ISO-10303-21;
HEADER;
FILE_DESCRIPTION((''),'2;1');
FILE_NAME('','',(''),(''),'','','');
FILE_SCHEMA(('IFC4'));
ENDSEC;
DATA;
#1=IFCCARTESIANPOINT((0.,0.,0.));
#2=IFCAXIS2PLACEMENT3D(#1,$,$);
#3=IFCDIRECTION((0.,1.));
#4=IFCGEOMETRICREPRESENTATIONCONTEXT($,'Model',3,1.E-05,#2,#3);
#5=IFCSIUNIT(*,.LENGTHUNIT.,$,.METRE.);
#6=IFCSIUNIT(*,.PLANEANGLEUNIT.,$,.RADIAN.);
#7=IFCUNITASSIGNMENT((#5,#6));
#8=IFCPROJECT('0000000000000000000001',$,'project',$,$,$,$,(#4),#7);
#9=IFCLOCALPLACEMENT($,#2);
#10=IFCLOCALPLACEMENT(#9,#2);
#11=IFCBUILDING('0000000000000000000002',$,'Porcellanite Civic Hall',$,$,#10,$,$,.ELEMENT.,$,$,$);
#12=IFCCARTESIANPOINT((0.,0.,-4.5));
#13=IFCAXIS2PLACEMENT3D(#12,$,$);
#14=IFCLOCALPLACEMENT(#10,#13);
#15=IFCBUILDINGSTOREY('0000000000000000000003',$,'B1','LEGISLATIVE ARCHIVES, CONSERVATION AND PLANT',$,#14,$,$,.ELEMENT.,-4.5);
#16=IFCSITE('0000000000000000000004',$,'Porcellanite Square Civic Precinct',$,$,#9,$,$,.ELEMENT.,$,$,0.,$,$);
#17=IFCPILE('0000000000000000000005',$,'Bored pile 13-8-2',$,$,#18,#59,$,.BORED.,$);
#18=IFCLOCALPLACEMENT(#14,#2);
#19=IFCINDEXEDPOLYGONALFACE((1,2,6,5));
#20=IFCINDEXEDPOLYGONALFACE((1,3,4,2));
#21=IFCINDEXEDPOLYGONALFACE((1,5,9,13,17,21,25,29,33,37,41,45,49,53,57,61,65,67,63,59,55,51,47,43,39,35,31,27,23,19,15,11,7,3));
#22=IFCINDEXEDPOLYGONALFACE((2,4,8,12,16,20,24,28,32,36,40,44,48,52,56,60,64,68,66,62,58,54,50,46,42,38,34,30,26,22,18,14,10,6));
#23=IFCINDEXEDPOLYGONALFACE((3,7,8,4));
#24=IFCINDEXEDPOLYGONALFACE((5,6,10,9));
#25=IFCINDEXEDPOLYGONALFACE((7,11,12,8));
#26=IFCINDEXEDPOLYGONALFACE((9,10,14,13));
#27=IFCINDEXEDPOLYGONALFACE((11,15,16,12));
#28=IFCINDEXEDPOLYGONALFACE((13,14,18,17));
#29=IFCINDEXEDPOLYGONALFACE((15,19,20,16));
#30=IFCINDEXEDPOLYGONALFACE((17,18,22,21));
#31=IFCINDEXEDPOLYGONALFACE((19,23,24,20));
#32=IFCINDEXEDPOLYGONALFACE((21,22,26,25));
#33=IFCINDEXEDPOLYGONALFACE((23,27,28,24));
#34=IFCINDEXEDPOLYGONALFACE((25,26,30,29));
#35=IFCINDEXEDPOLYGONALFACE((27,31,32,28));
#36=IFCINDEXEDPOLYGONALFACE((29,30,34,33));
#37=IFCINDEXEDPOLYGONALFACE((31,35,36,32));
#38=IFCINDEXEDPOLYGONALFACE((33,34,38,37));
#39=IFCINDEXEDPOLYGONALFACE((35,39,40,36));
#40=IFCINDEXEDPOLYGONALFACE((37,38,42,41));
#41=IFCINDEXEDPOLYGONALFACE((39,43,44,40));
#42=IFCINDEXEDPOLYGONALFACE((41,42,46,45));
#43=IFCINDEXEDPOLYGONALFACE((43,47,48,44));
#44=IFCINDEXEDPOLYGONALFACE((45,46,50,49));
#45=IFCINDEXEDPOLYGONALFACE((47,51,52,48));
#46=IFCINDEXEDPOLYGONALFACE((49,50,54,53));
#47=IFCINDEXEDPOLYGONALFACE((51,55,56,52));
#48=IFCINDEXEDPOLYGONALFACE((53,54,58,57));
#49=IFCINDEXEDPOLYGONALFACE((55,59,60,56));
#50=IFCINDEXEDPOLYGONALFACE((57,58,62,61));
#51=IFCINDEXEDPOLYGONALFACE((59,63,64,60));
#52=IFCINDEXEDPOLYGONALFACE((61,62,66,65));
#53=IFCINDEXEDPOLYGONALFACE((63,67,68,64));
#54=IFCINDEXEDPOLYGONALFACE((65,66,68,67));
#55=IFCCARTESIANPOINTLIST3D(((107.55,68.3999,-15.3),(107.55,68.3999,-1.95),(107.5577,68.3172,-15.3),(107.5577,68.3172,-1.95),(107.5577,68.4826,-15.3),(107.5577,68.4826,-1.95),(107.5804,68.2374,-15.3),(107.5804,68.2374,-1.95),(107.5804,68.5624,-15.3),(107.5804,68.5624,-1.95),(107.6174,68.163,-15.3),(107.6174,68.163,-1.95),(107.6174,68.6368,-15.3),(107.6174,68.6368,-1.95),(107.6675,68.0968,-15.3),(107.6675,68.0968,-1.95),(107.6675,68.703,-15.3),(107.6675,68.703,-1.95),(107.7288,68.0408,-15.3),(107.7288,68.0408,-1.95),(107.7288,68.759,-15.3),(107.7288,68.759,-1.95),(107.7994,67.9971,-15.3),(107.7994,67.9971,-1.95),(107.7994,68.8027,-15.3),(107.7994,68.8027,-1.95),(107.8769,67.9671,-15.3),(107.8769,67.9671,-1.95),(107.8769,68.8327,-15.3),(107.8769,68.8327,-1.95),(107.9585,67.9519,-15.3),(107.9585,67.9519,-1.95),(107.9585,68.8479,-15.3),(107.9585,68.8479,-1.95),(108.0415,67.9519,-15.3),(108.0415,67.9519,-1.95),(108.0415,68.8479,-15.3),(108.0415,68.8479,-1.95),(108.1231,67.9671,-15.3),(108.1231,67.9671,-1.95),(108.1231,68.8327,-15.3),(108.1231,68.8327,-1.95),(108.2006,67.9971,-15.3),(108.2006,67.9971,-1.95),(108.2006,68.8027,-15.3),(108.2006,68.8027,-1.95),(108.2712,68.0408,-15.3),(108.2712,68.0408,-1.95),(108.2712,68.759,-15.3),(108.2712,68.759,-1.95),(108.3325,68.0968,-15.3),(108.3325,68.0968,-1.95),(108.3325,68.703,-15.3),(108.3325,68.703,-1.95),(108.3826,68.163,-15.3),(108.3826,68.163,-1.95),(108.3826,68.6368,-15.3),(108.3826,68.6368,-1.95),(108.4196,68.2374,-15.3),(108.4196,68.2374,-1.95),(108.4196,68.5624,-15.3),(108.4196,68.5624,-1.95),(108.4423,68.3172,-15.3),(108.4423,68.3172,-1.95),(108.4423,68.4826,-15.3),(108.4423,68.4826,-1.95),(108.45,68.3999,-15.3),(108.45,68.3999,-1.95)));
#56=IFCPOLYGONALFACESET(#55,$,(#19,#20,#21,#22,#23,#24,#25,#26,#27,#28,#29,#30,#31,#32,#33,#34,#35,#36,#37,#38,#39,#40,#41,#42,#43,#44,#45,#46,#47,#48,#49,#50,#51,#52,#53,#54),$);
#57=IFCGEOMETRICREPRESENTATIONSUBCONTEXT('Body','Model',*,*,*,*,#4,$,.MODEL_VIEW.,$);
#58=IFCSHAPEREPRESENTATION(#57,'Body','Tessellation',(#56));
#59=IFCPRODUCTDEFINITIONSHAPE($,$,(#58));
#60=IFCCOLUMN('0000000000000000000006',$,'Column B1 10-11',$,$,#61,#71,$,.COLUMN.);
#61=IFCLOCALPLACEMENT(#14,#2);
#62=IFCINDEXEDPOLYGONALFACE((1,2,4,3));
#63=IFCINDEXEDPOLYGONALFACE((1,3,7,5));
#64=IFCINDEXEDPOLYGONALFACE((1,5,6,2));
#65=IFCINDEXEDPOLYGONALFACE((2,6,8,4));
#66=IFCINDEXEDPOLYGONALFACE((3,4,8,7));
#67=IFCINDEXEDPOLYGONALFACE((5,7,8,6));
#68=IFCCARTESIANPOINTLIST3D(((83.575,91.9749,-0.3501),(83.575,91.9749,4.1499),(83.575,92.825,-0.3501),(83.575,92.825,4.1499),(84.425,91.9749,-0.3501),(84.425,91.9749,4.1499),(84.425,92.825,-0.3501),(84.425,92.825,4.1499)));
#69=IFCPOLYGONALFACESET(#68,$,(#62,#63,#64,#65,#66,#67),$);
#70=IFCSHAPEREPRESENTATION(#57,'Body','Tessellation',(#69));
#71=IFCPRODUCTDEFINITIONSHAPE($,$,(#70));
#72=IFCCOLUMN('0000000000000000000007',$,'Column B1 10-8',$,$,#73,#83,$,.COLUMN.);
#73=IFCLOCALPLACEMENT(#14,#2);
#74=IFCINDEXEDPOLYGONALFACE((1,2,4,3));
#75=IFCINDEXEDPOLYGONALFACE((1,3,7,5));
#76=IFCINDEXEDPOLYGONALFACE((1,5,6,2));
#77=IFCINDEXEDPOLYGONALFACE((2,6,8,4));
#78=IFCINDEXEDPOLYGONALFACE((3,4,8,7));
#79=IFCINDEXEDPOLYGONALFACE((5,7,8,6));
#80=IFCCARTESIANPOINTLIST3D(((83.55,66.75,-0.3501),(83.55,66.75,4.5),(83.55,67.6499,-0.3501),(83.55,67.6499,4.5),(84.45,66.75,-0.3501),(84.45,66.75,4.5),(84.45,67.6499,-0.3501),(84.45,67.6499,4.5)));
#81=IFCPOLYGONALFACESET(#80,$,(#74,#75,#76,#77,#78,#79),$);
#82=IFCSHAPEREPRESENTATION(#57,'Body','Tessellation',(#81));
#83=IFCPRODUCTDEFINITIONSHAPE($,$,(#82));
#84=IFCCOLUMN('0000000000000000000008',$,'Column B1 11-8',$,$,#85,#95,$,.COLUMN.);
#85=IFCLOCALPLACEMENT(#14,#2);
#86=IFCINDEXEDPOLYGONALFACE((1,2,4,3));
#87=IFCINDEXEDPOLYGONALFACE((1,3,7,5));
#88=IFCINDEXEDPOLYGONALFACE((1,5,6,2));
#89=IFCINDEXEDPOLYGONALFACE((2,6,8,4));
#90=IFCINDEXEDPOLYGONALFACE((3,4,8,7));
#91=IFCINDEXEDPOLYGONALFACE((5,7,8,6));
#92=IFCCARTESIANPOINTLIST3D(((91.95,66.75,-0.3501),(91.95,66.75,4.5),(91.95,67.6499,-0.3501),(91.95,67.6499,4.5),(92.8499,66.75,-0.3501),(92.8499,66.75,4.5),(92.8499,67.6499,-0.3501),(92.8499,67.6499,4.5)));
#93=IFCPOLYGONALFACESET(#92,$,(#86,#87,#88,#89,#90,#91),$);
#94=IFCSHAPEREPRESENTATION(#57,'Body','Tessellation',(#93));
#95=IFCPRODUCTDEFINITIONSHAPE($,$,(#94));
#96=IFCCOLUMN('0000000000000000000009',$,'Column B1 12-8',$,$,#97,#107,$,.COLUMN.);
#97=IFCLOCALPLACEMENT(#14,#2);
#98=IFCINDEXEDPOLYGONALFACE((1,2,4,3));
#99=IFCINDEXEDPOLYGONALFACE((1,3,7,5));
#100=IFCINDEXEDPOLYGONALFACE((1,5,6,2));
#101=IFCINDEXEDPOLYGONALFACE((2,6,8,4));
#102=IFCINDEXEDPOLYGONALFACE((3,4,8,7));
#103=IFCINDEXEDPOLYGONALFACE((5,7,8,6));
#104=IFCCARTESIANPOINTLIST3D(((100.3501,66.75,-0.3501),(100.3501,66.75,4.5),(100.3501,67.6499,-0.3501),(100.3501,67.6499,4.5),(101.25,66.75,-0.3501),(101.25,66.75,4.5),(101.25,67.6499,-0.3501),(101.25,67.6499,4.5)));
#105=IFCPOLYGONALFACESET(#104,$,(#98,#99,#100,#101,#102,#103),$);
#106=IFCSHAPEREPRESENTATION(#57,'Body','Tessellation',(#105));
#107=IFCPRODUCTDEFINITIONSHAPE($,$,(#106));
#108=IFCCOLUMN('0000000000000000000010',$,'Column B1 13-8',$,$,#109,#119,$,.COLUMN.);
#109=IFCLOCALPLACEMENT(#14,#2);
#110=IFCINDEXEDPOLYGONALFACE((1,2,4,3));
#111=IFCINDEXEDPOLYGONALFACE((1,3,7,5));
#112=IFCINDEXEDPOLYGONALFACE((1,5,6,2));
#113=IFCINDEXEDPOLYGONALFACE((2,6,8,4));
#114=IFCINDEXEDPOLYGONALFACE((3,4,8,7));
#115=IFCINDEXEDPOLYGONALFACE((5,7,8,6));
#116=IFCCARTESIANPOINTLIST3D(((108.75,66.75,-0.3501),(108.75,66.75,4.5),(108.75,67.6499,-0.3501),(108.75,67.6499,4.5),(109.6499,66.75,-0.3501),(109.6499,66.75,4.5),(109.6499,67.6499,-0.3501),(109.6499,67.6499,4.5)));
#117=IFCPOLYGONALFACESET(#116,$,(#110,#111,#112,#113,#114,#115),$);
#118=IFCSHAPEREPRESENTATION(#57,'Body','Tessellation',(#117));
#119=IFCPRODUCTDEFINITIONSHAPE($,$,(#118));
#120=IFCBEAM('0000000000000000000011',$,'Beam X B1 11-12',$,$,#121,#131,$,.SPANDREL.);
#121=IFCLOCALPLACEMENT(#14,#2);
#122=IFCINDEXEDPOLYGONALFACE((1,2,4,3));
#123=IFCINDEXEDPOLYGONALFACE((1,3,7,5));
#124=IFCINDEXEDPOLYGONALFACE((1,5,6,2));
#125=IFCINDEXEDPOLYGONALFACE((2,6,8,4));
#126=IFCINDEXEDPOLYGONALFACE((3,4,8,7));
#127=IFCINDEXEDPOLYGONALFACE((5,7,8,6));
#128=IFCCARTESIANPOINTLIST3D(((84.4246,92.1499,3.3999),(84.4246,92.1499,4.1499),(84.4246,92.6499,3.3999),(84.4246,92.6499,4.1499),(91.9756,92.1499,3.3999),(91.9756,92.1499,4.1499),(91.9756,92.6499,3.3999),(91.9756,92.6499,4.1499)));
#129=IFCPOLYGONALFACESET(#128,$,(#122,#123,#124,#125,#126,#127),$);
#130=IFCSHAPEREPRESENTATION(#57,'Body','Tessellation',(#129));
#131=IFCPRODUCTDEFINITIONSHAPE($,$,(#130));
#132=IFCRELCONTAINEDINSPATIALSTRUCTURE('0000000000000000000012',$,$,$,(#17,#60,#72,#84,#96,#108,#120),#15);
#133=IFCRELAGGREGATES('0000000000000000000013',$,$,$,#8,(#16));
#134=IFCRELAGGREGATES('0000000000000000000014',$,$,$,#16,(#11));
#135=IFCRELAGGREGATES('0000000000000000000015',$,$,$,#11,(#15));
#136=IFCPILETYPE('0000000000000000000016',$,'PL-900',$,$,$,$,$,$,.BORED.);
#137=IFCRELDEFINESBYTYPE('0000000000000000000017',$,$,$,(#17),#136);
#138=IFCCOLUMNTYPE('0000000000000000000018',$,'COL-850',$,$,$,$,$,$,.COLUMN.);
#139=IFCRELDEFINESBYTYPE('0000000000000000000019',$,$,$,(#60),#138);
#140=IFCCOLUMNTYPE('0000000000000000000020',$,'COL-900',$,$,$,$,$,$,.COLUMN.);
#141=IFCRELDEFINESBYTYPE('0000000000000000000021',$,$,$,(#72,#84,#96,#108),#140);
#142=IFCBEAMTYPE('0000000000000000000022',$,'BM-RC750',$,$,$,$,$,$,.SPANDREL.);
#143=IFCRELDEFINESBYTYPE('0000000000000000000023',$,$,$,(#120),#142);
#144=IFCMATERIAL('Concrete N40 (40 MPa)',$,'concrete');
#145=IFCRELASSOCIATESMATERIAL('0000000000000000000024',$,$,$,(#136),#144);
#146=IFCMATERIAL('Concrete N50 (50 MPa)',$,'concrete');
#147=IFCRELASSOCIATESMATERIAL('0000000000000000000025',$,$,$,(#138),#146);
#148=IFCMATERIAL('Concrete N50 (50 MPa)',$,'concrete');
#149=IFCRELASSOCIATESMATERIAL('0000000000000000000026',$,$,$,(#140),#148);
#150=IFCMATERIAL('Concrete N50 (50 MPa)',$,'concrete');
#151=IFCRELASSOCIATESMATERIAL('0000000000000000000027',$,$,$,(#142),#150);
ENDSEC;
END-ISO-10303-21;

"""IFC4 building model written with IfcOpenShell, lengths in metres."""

from ifc_helpers import new_model, si_unit, direction, frame, origin, origin_2d, place, context, subcontext, project, spatial, rectangle, circle, extrude, material, material_profile, profile_set, type_object, element, save


model = new_model("IFC4")

# Units and contexts
model_context = context("Model", 3, precision=1e-05, world=origin(), true_north=direction((0.0, 1.0)))
body_context = subcontext(model_context, "Body", "Model", "MODEL_VIEW")
ifc_project = project(units=[si_unit("LENGTHUNIT", "METRE"), si_unit("PLANEANGLEUNIT", "RADIAN")], contexts=[model_context])

# Site, building, storey
site_placement = place(None, origin())
site = spatial("IfcSite", under=ifc_project, at=site_placement, Name="Porcellanite Square Civic Precinct", CompositionType="ELEMENT", RefElevation=0.0)
building_placement = place(site_placement, origin())
building = spatial("IfcBuilding", under=site, at=building_placement, Name="Porcellanite Civic Hall", CompositionType="ELEMENT")
storey_placement = place(building_placement, frame((0.0, 0.0, -4.5)))
storey = spatial("IfcBuildingStorey", under=building, at=storey_placement, Name="B1", Description="LEGISLATIVE ARCHIVES, CONSERVATION AND PLANT", CompositionType="ELEMENT", Elevation=-4.5)

# Pile
ifc_material_1 = material(Name="Concrete N40 (40 MPa)", Category="concrete")
ifc_material_profile_1 = material_profile(ifc_material_1, circle(Radius=0.45, at=origin_2d()), Name="PILE-D900")
ifc_profile_set_1 = profile_set([ifc_material_profile_1], Name="Concrete N40 (40 MPa)")
pile_type_1 = type_object("IfcPileType", Name="PL-900", PredefinedType="BORED", material=ifc_profile_set_1)
for number, where, z_axis, x_axis, name in (
    (1, (108.0, 68.3999, -1.95), (0.0, 0.0, -1.0), (1.0, 0.0, 0.0), "Bored pile 13-8-2"),
):
    element("IfcPile", number, at=place(storey_placement, frame(where, z_axis=z_axis, x_axis=x_axis)), inside=storey, type_object=pile_type_1, Name=name, PredefinedType="BORED", context=body_context, shape_type="SweptSolid", body=[
        extrude(circle(Radius=0.45, at=origin_2d()), origin(), (0.0, 0.0, 1.0), 13.3501),
    ])

# Columns
ifc_material_2 = material(Name="Concrete N50 (50 MPa)", Category="concrete")
ifc_material_profile_2 = material_profile(ifc_material_2, rectangle(XDim=0.8501, YDim=0.8501, at=origin_2d()), Name="RC-850x850")
ifc_profile_set_2 = profile_set([ifc_material_profile_2], Name="Concrete N50 (50 MPa)")
column_type_1 = type_object("IfcColumnType", Name="COL-850", PredefinedType="COLUMN", material=ifc_profile_set_2)
column_placement = place(storey_placement, frame((84.0, 92.3999, -0.3501), z_axis=(0.0, 0.0, 1.0), x_axis=(1.0, 0.0, 0.0)))
element("IfcColumn", 2, at=column_placement, inside=storey, type_object=column_type_1, Name="Column B1 10-11", PredefinedType="COLUMN", context=body_context, shape_type="SweptSolid", body=[
    extrude(rectangle(XDim=0.8501, YDim=0.8501, at=origin_2d()), origin(), (0.0, 0.0, 1.0), 4.5),
])
ifc_material_3 = material(Name="Concrete N50 (50 MPa)", Category="concrete")
ifc_material_profile_3 = material_profile(ifc_material_3, rectangle(XDim=0.8999, YDim=0.8999, at=origin_2d()), Name="RC-900x900")
ifc_profile_set_3 = profile_set([ifc_material_profile_3], Name="Concrete N50 (50 MPa)")
column_type_2 = type_object("IfcColumnType", Name="COL-900", PredefinedType="COLUMN", material=ifc_profile_set_3)
for number, where, z_axis, x_axis, name in (
    (3, (84.0, 67.2, -0.3501), (0.0, 0.0, 1.0), (1.0, 0.0, 0.0), "Column B1 10-8"),
    (4, (92.3999, 67.2, -0.3501), (0.0, 0.0, 1.0), (1.0, 0.0, 0.0), "Column B1 11-8"),
    (5, (100.8, 67.2, -0.3501), (0.0, 0.0, 1.0), (1.0, 0.0, 0.0), "Column B1 12-8"),
    (6, (109.2, 67.2, -0.3501), (0.0, 0.0, 1.0), (1.0, 0.0, 0.0), "Column B1 13-8"),
):
    element("IfcColumn", number, at=place(storey_placement, frame(where, z_axis=z_axis, x_axis=x_axis)), inside=storey, type_object=column_type_2, Name=name, PredefinedType="COLUMN", context=body_context, shape_type="SweptSolid", body=[
        extrude(rectangle(XDim=0.8999, YDim=0.8999, at=origin_2d()), origin(), (0.0, 0.0, 1.0), 4.8501),
    ])

# Beam
ifc_material_4 = material(Name="Concrete N50 (50 MPa)", Category="concrete")
ifc_material_profile_4 = material_profile(ifc_material_4, rectangle(XDim=0.5, YDim=0.75, at=origin_2d()), Name="RC-500x750")
ifc_profile_set_4 = profile_set([ifc_material_profile_4], Name="Concrete N50 (50 MPa)")
beam_type = type_object("IfcBeamType", Name="BM-RC750", PredefinedType="SPANDREL", material=ifc_profile_set_4)
beam_placement = place(storey_placement, frame((84.4246, 92.3999, 3.7749), z_axis=(1.0, 0.0, 0.0), x_axis=(0.0, 1.0, 0.0)))
element("IfcBeam", 7, at=beam_placement, inside=storey, type_object=beam_type, Name="Beam X B1 11-12", PredefinedType="SPANDREL", context=body_context, shape_type="SweptSolid", body=[
    extrude(rectangle(XDim=0.5, YDim=0.75, at=origin_2d()), origin(), (0.0, 0.0, 1.0), 7.551),
])

save(model, "model.ifc")
